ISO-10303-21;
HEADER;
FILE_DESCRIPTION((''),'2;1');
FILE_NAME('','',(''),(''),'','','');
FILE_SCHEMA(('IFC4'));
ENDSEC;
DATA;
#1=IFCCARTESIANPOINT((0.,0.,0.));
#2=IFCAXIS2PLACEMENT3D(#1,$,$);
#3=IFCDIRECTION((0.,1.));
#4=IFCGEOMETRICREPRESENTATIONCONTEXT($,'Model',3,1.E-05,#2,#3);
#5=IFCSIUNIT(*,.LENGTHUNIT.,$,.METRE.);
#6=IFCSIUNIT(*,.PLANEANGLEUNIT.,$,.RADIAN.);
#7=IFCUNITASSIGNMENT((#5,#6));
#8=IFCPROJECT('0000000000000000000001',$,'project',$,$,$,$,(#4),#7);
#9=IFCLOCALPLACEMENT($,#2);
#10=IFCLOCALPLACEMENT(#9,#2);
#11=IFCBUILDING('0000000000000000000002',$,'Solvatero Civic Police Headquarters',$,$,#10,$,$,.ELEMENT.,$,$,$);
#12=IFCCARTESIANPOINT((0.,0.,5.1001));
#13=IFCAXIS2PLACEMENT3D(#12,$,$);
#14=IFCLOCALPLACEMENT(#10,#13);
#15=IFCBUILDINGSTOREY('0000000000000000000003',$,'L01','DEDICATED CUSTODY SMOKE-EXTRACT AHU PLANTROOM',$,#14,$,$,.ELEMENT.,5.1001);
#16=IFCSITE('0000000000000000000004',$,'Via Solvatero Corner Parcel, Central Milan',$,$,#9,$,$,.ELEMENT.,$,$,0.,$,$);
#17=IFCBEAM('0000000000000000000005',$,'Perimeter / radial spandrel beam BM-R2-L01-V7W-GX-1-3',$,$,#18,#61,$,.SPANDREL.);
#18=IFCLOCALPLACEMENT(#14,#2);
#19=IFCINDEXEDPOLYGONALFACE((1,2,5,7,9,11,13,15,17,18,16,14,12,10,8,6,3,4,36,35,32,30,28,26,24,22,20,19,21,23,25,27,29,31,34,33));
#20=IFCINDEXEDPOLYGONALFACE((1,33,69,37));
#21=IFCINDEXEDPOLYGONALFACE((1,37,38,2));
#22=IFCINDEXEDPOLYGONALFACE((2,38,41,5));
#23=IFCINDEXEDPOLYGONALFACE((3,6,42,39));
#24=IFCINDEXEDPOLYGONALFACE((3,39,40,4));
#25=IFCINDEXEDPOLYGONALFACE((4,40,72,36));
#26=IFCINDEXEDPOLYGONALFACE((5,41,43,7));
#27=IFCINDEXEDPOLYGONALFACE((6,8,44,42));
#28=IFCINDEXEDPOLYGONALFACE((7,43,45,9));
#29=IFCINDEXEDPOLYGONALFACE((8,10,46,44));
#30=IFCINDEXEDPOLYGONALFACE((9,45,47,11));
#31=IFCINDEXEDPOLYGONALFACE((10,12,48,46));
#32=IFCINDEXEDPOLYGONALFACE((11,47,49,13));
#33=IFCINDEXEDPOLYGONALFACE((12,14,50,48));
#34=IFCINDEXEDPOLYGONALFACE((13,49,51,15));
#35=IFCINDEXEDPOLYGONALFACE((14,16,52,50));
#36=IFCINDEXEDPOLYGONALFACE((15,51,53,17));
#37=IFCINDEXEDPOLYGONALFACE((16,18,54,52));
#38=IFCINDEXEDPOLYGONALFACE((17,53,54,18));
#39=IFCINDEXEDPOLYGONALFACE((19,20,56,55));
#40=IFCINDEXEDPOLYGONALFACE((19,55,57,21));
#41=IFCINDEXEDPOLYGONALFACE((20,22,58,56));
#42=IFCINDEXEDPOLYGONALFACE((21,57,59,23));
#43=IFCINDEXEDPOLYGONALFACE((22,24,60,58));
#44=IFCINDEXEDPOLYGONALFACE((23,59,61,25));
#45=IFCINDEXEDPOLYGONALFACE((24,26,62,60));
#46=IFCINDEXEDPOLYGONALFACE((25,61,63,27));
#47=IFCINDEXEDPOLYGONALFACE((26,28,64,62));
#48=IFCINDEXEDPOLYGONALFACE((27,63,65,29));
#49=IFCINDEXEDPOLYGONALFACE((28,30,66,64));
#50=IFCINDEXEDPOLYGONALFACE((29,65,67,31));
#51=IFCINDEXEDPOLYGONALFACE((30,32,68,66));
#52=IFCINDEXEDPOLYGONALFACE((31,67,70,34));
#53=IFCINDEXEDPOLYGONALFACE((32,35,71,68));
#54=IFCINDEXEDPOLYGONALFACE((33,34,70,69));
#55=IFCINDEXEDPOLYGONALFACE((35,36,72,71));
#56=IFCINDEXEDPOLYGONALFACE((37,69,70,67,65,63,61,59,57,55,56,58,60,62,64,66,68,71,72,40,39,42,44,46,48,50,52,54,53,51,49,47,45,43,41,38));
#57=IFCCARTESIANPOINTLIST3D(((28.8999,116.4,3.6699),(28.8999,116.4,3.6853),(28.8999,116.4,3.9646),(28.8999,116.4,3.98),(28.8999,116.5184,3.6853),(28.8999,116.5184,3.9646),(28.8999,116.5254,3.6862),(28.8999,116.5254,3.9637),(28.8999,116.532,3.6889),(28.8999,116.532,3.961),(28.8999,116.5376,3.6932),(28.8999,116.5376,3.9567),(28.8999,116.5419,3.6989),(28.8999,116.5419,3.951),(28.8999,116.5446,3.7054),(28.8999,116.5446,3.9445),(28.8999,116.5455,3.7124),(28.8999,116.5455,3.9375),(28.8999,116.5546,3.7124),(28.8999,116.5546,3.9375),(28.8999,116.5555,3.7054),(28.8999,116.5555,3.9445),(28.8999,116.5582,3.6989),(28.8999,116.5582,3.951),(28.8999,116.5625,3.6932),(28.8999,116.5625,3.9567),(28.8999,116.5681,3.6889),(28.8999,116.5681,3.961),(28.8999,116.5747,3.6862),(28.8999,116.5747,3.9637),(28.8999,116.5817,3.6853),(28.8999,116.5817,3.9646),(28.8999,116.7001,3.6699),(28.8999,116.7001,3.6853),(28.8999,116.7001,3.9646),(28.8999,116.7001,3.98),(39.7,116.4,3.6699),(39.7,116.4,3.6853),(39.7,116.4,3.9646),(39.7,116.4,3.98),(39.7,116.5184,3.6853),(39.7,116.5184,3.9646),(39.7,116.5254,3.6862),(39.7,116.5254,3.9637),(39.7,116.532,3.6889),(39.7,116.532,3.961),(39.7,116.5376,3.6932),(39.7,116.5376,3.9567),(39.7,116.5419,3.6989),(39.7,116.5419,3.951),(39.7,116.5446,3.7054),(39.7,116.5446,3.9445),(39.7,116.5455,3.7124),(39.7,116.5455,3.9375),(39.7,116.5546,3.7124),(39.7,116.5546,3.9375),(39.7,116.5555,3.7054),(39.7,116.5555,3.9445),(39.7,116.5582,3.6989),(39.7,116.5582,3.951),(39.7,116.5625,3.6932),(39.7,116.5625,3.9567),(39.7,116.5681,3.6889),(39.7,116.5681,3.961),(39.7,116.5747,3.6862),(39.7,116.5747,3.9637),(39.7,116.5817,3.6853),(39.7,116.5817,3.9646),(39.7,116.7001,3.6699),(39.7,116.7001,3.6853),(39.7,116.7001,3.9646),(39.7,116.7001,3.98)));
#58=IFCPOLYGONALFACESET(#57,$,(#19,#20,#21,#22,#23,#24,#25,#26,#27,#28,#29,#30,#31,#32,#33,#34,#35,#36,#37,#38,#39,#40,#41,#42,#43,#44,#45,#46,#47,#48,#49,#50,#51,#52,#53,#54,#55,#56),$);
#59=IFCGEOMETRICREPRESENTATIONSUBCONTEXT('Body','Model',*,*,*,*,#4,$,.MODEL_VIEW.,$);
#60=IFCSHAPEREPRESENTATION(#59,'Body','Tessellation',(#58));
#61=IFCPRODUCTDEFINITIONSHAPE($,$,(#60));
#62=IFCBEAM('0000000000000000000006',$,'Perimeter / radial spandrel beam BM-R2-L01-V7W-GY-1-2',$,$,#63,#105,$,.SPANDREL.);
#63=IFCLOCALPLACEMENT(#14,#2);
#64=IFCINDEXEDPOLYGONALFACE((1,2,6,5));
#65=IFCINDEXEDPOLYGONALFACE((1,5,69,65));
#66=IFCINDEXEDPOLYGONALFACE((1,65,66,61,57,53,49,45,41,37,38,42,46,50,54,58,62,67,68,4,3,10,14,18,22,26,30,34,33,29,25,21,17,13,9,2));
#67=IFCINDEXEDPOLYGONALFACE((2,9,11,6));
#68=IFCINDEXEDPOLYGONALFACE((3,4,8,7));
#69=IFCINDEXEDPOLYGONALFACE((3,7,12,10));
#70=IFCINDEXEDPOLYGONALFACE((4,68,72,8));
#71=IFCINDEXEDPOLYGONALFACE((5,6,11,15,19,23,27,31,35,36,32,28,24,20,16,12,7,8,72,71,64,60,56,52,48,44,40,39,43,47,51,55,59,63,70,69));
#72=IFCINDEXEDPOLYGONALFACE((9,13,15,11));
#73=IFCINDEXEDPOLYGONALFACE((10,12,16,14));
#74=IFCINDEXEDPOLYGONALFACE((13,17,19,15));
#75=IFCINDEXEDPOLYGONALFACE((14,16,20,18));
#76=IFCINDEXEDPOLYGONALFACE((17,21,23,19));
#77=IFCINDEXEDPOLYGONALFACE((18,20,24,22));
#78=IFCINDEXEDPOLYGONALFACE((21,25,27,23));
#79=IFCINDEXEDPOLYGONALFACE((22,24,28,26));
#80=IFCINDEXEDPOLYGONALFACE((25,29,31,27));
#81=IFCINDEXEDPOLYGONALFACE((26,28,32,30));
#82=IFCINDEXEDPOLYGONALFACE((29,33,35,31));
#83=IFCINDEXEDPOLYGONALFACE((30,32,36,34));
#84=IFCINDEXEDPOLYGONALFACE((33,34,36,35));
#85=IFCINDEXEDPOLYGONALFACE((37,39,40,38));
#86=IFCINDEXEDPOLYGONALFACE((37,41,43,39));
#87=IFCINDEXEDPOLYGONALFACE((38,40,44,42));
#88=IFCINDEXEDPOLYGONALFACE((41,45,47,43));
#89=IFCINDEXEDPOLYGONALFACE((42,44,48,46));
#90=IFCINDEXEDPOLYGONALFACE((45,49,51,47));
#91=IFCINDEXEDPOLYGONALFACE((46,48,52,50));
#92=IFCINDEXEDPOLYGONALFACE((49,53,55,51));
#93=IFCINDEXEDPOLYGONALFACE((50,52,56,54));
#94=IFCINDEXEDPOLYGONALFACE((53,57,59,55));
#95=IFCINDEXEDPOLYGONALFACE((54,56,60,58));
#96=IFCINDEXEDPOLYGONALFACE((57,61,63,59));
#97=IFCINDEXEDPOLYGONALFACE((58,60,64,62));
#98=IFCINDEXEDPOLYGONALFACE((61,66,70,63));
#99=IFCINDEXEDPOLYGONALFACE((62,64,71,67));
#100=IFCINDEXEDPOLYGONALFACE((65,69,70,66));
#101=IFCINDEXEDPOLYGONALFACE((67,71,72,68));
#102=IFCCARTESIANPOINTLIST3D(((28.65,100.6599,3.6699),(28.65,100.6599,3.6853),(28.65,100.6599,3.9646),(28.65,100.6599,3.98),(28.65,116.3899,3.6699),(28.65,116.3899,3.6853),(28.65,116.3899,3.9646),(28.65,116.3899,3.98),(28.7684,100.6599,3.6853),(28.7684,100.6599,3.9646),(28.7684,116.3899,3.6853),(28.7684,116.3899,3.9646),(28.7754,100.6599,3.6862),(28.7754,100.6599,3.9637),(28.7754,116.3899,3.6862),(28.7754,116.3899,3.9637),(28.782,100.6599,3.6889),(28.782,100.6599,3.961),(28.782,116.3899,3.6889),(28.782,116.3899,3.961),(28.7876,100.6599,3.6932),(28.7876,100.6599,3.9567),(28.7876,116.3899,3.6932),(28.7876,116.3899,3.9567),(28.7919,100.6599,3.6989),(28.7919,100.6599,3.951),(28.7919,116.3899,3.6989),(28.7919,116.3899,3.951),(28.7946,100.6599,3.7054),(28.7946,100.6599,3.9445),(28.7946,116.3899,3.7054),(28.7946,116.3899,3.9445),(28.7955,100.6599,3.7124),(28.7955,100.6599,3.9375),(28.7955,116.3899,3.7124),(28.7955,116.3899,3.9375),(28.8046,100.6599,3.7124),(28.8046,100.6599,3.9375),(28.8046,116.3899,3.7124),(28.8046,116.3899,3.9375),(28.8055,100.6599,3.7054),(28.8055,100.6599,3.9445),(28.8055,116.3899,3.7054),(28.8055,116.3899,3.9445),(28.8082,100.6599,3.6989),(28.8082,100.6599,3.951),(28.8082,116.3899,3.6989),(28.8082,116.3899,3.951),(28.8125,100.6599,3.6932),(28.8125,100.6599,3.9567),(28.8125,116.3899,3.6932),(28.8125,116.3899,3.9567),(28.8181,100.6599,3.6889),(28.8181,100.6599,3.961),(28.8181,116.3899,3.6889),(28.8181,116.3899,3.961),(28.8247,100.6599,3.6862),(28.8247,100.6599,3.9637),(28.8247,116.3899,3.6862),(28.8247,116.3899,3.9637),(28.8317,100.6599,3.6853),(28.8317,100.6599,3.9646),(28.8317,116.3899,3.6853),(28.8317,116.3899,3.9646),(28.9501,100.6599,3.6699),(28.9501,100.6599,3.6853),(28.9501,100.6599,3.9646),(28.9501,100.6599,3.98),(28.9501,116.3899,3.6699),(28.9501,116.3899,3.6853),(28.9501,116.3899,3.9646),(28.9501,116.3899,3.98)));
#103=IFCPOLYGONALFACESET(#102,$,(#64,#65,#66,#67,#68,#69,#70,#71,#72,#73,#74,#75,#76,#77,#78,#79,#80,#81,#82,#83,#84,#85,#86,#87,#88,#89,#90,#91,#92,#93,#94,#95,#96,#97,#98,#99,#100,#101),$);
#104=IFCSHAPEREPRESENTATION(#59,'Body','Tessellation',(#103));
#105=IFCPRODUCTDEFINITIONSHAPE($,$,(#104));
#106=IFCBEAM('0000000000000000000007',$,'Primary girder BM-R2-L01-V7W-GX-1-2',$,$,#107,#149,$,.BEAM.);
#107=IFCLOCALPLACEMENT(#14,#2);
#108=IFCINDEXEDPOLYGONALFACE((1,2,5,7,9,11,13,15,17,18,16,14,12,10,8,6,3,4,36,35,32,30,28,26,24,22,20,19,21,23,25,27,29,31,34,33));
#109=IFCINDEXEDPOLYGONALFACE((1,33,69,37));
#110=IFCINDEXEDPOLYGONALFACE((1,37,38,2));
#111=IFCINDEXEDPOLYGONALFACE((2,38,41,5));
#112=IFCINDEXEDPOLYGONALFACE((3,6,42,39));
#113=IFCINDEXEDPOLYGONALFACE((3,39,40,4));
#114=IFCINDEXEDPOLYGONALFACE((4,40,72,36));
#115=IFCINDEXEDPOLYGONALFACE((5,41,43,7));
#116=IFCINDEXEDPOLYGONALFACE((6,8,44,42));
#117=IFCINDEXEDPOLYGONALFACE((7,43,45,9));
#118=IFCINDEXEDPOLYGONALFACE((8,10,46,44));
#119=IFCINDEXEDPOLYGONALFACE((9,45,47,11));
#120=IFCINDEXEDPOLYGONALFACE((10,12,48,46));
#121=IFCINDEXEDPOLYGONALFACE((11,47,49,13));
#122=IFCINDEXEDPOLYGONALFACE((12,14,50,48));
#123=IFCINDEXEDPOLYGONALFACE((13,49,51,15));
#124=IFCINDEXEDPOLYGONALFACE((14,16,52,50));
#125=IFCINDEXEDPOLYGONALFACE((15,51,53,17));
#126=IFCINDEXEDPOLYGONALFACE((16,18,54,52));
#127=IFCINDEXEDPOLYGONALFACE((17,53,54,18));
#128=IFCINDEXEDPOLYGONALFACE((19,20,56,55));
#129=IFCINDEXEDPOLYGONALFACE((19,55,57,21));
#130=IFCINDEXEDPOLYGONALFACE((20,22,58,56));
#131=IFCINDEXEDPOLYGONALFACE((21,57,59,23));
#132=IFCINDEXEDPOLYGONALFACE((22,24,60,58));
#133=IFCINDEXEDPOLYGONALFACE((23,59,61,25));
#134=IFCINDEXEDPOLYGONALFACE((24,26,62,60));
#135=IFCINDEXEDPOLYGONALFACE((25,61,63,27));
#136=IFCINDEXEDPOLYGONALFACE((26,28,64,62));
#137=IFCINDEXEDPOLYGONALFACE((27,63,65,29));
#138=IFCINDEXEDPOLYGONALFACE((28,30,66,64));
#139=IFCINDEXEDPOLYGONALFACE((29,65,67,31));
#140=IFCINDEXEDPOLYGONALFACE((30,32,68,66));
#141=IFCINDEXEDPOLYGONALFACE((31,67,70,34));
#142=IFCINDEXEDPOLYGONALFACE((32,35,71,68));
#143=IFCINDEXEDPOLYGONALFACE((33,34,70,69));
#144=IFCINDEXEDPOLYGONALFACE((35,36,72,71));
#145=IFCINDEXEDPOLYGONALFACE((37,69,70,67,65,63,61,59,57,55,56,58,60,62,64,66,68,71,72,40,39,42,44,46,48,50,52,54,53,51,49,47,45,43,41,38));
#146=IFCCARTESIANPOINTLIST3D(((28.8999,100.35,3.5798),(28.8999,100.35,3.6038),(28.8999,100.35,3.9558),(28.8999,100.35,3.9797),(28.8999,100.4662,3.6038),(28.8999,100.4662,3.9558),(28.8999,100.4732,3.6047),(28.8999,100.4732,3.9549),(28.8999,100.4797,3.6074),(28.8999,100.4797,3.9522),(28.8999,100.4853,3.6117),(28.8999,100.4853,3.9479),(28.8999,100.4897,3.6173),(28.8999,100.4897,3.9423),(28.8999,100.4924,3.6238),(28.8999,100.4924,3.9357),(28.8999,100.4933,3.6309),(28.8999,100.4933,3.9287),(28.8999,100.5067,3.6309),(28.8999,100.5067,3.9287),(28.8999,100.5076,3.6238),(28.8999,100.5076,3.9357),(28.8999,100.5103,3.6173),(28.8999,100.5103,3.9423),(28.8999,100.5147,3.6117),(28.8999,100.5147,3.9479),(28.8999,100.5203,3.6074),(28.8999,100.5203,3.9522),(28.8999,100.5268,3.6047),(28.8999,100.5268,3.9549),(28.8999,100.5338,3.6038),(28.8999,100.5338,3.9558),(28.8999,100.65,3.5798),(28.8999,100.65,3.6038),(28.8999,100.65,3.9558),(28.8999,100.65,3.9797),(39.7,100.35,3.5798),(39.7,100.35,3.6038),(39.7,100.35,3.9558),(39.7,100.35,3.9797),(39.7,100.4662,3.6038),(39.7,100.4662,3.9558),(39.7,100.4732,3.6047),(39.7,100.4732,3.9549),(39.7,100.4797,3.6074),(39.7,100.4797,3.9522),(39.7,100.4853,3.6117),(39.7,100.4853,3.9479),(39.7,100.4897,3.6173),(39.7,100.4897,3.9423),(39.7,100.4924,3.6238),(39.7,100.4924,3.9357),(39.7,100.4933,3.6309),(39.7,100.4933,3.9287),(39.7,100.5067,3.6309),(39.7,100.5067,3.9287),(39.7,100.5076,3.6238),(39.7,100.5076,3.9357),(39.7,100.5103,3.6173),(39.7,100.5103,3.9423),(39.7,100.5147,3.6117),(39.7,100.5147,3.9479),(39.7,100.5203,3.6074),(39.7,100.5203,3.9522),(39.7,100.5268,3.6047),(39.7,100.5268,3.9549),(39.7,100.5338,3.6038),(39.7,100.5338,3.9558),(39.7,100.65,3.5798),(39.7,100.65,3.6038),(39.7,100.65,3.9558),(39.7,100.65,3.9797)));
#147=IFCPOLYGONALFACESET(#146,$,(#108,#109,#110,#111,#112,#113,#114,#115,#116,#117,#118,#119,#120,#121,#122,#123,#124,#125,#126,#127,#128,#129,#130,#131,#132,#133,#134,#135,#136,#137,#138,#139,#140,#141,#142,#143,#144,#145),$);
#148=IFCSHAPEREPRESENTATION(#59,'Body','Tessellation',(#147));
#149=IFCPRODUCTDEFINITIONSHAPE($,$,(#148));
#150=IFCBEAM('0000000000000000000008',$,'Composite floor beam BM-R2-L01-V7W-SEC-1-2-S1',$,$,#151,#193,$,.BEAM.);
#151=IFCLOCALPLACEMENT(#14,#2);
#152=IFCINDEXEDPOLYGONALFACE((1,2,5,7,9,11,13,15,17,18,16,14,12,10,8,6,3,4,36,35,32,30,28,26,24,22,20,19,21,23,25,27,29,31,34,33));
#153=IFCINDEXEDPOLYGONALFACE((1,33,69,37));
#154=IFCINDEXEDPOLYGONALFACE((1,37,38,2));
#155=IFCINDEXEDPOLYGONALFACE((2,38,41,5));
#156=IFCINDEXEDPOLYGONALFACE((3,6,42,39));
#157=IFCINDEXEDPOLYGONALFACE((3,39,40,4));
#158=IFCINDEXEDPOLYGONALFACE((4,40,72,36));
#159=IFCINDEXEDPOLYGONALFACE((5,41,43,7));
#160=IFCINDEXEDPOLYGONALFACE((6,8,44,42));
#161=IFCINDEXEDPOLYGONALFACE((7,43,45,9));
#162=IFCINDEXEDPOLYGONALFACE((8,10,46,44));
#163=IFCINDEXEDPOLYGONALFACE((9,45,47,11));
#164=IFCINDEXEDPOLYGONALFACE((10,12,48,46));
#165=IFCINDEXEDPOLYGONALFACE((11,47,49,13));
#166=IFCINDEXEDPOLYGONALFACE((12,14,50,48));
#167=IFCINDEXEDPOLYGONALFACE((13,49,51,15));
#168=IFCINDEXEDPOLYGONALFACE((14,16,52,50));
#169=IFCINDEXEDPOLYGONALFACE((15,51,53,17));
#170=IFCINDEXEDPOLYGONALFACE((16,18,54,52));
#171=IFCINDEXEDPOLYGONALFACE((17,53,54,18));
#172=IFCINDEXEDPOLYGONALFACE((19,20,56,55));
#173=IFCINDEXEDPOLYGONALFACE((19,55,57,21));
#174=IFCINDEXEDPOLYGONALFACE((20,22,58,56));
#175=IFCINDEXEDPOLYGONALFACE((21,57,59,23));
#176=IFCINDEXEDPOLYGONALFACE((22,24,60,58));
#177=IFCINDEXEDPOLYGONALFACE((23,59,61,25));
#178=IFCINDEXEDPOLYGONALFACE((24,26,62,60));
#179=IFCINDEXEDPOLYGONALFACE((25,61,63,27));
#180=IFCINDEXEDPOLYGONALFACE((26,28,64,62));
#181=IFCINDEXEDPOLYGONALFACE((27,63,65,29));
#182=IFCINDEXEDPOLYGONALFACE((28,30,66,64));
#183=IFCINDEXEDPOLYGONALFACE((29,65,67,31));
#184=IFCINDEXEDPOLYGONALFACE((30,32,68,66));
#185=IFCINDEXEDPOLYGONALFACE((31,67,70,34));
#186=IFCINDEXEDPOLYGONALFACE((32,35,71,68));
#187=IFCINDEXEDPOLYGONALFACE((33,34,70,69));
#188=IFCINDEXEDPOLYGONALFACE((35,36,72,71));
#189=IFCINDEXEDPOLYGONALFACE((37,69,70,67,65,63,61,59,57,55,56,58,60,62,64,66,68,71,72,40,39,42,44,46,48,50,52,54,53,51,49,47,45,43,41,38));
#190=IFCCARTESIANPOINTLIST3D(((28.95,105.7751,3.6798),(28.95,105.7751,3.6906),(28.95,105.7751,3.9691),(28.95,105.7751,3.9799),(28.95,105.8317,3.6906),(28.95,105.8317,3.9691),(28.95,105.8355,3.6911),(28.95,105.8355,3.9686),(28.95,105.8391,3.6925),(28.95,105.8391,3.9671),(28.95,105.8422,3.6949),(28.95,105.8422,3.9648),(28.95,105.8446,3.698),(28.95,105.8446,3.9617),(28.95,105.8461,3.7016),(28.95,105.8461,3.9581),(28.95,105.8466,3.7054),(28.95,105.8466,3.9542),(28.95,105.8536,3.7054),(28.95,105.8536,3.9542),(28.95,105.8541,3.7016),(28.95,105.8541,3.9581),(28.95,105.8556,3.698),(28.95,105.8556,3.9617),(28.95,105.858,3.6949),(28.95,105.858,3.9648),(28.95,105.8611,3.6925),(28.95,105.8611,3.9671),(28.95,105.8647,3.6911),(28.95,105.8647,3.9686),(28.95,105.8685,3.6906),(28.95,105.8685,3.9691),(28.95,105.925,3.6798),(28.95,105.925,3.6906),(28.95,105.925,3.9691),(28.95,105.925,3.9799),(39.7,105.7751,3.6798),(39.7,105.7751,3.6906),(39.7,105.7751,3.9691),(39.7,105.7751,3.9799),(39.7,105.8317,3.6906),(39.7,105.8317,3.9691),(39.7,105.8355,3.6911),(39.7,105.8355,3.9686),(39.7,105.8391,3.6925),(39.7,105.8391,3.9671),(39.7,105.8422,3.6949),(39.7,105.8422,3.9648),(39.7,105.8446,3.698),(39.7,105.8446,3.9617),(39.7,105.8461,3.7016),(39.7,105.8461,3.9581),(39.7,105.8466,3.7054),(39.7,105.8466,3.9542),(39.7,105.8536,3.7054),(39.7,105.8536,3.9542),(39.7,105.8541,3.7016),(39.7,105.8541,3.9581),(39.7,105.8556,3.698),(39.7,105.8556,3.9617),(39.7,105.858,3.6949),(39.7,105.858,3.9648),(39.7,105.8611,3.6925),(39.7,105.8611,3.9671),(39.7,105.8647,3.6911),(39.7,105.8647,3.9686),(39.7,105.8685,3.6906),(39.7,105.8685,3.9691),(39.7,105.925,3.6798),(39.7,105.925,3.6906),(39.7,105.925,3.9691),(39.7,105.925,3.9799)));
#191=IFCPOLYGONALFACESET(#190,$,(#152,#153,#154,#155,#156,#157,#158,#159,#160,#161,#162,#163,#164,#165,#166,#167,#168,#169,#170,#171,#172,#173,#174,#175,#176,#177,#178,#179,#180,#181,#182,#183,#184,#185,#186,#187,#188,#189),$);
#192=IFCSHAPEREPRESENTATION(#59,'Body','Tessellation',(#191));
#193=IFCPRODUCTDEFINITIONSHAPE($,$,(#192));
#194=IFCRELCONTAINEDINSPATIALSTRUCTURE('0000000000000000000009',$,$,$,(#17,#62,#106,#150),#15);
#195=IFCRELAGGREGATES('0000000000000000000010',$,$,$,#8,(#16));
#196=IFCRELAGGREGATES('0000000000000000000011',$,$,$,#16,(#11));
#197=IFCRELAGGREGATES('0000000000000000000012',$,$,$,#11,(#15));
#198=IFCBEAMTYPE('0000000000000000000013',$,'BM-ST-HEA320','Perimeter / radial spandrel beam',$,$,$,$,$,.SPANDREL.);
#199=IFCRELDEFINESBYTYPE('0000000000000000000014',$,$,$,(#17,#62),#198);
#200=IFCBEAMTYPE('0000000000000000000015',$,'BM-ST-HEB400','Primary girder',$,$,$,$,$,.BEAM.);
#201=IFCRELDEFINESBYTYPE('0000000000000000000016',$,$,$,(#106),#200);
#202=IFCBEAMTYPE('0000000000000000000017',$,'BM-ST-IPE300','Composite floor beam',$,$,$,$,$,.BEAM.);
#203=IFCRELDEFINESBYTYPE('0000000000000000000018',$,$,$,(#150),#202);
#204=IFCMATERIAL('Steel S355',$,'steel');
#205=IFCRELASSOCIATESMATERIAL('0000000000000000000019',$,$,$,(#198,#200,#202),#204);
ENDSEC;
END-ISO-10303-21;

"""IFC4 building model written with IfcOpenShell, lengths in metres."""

from ifc_helpers import new_model, si_unit, direction, frame, origin, origin_2d, place, context, subcontext, project, spatial, i_section, extrude, material, material_profile, profile_set, type_object, element, save


model = new_model("IFC4")

# Units and contexts
model_context = context("Model", 3, precision=1e-05, world=origin(), true_north=direction((0.0, 1.0)))
body_context = subcontext(model_context, "Body", "Model", "MODEL_VIEW")
ifc_project = project(units=[si_unit("LENGTHUNIT", "METRE"), si_unit("PLANEANGLEUNIT", "RADIAN")], contexts=[model_context])

# Site, building, storey
site_placement = place(None, origin())
site = spatial("IfcSite", under=ifc_project, at=site_placement, Name="Via Solvatero Corner Parcel, Central Milan", CompositionType="ELEMENT", RefElevation=0.0)
building_placement = place(site_placement, origin())
building = spatial("IfcBuilding", under=site, at=building_placement, Name="Solvatero Civic Police Headquarters", CompositionType="ELEMENT")
storey_placement = place(building_placement, frame((0.0, 0.0, 5.1001)))
storey = spatial("IfcBuildingStorey", under=building, at=storey_placement, Name="L01", Description="DEDICATED CUSTODY SMOKE-EXTRACT AHU PLANTROOM", CompositionType="ELEMENT", Elevation=5.1001)

# Shared definitions
ifc_material_1 = material(Name="Steel S355", Category="steel")

# Beams
ifc_material_profile_1 = material_profile(ifc_material_1, i_section(OverallWidth=0.3, OverallDepth=0.3101, WebThickness=0.009, FlangeThickness=0.0154, FilletRadius=0.0271, at=origin_2d()), Name="HEA 320")
ifc_profile_set_1 = profile_set([ifc_material_profile_1], Name="Steel S355")
beam_type_1 = type_object("IfcBeamType", Name="BM-ST-HEA320", Description="Perimeter / radial spandrel beam", PredefinedType="SPANDREL", material=ifc_profile_set_1)
beam_1_placement = place(storey_placement, frame((28.8999, 116.55, 3.825), z_axis=(1.0, 0.0, 0.0), x_axis=(0.0, 1.0, 0.0)))
element("IfcBeam", 1, at=beam_1_placement, inside=storey, type_object=beam_type_1, Name="Perimeter / radial spandrel beam BM-R2-L01-V7W-GX-1-3", PredefinedType="SPANDREL", context=body_context, shape_type="SweptSolid", body=[
    extrude(i_section(OverallWidth=0.3, OverallDepth=0.3101, WebThickness=0.009, FlangeThickness=0.0154, FilletRadius=0.0271, at=origin_2d()), origin(), (0.0, 0.0, 1.0), 10.8),
])
beam_2_placement = place(storey_placement, frame((28.8, 100.6599, 3.825), z_axis=(0.0, 1.0, 0.0), x_axis=(-1.0, 0.0, 0.0)))
element("IfcBeam", 2, at=beam_2_placement, inside=storey, type_object=beam_type_1, Name="Perimeter / radial spandrel beam BM-R2-L01-V7W-GY-1-2", PredefinedType="SPANDREL", context=body_context, shape_type="SweptSolid", body=[
    extrude(i_section(OverallWidth=0.3, OverallDepth=0.3101, WebThickness=0.009, FlangeThickness=0.0154, FilletRadius=0.0271, at=origin_2d()), origin(), (0.0, 0.0, 1.0), 15.73),
])
ifc_material_profile_2 = material_profile(ifc_material_1, i_section(OverallWidth=0.3, OverallDepth=0.3999, WebThickness=0.0134, FlangeThickness=0.0239, FilletRadius=0.0271, at=origin_2d()), Name="HEB 400")
ifc_profile_set_2 = profile_set([ifc_material_profile_2], Name="Steel S355")
beam_type_2 = type_object("IfcBeamType", Name="BM-ST-HEB400", Description="Primary girder", PredefinedType="BEAM", material=ifc_profile_set_2)
beam_3_placement = place(storey_placement, frame((28.8999, 100.5, 3.7798), z_axis=(1.0, 0.0, 0.0), x_axis=(0.0, 1.0, 0.0)))
element("IfcBeam", 3, at=beam_3_placement, inside=storey, type_object=beam_type_2, Name="Primary girder BM-R2-L01-V7W-GX-1-2", PredefinedType="BEAM", context=body_context, shape_type="SweptSolid", body=[
    extrude(i_section(OverallWidth=0.3, OverallDepth=0.3999, WebThickness=0.0134, FlangeThickness=0.0239, FilletRadius=0.0271, at=origin_2d()), origin(), (0.0, 0.0, 1.0), 10.8),
])
ifc_material_profile_3 = material_profile(ifc_material_1, i_section(OverallWidth=0.1499, OverallDepth=0.3, WebThickness=0.0071, FlangeThickness=0.0107, FilletRadius=0.0149, at=origin_2d()), Name="IPE 300")
ifc_profile_set_3 = profile_set([ifc_material_profile_3], Name="Steel S355")
beam_type_3 = type_object("IfcBeamType", Name="BM-ST-IPE300", Description="Composite floor beam", PredefinedType="BEAM", material=ifc_profile_set_3)
for number, where, z_axis, x_axis, name in (
    (4, (28.95, 105.8501, 3.8298), (1.0, 0.0, 0.0), (0.0, 1.0, 0.0), "Composite floor beam BM-R2-L01-V7W-SEC-1-2-S1"),
):
    element("IfcBeam", number, at=place(storey_placement, frame(where, z_axis=z_axis, x_axis=x_axis)), inside=storey, type_object=beam_type_3, Name=name, PredefinedType="BEAM", context=body_context, shape_type="SweptSolid", body=[
        extrude(i_section(OverallWidth=0.1499, OverallDepth=0.3, WebThickness=0.0071, FlangeThickness=0.0107, FilletRadius=0.0149, at=origin_2d()), origin(), (0.0, 0.0, 1.0), 10.75),
    ])

save(model, "model.ifc")
